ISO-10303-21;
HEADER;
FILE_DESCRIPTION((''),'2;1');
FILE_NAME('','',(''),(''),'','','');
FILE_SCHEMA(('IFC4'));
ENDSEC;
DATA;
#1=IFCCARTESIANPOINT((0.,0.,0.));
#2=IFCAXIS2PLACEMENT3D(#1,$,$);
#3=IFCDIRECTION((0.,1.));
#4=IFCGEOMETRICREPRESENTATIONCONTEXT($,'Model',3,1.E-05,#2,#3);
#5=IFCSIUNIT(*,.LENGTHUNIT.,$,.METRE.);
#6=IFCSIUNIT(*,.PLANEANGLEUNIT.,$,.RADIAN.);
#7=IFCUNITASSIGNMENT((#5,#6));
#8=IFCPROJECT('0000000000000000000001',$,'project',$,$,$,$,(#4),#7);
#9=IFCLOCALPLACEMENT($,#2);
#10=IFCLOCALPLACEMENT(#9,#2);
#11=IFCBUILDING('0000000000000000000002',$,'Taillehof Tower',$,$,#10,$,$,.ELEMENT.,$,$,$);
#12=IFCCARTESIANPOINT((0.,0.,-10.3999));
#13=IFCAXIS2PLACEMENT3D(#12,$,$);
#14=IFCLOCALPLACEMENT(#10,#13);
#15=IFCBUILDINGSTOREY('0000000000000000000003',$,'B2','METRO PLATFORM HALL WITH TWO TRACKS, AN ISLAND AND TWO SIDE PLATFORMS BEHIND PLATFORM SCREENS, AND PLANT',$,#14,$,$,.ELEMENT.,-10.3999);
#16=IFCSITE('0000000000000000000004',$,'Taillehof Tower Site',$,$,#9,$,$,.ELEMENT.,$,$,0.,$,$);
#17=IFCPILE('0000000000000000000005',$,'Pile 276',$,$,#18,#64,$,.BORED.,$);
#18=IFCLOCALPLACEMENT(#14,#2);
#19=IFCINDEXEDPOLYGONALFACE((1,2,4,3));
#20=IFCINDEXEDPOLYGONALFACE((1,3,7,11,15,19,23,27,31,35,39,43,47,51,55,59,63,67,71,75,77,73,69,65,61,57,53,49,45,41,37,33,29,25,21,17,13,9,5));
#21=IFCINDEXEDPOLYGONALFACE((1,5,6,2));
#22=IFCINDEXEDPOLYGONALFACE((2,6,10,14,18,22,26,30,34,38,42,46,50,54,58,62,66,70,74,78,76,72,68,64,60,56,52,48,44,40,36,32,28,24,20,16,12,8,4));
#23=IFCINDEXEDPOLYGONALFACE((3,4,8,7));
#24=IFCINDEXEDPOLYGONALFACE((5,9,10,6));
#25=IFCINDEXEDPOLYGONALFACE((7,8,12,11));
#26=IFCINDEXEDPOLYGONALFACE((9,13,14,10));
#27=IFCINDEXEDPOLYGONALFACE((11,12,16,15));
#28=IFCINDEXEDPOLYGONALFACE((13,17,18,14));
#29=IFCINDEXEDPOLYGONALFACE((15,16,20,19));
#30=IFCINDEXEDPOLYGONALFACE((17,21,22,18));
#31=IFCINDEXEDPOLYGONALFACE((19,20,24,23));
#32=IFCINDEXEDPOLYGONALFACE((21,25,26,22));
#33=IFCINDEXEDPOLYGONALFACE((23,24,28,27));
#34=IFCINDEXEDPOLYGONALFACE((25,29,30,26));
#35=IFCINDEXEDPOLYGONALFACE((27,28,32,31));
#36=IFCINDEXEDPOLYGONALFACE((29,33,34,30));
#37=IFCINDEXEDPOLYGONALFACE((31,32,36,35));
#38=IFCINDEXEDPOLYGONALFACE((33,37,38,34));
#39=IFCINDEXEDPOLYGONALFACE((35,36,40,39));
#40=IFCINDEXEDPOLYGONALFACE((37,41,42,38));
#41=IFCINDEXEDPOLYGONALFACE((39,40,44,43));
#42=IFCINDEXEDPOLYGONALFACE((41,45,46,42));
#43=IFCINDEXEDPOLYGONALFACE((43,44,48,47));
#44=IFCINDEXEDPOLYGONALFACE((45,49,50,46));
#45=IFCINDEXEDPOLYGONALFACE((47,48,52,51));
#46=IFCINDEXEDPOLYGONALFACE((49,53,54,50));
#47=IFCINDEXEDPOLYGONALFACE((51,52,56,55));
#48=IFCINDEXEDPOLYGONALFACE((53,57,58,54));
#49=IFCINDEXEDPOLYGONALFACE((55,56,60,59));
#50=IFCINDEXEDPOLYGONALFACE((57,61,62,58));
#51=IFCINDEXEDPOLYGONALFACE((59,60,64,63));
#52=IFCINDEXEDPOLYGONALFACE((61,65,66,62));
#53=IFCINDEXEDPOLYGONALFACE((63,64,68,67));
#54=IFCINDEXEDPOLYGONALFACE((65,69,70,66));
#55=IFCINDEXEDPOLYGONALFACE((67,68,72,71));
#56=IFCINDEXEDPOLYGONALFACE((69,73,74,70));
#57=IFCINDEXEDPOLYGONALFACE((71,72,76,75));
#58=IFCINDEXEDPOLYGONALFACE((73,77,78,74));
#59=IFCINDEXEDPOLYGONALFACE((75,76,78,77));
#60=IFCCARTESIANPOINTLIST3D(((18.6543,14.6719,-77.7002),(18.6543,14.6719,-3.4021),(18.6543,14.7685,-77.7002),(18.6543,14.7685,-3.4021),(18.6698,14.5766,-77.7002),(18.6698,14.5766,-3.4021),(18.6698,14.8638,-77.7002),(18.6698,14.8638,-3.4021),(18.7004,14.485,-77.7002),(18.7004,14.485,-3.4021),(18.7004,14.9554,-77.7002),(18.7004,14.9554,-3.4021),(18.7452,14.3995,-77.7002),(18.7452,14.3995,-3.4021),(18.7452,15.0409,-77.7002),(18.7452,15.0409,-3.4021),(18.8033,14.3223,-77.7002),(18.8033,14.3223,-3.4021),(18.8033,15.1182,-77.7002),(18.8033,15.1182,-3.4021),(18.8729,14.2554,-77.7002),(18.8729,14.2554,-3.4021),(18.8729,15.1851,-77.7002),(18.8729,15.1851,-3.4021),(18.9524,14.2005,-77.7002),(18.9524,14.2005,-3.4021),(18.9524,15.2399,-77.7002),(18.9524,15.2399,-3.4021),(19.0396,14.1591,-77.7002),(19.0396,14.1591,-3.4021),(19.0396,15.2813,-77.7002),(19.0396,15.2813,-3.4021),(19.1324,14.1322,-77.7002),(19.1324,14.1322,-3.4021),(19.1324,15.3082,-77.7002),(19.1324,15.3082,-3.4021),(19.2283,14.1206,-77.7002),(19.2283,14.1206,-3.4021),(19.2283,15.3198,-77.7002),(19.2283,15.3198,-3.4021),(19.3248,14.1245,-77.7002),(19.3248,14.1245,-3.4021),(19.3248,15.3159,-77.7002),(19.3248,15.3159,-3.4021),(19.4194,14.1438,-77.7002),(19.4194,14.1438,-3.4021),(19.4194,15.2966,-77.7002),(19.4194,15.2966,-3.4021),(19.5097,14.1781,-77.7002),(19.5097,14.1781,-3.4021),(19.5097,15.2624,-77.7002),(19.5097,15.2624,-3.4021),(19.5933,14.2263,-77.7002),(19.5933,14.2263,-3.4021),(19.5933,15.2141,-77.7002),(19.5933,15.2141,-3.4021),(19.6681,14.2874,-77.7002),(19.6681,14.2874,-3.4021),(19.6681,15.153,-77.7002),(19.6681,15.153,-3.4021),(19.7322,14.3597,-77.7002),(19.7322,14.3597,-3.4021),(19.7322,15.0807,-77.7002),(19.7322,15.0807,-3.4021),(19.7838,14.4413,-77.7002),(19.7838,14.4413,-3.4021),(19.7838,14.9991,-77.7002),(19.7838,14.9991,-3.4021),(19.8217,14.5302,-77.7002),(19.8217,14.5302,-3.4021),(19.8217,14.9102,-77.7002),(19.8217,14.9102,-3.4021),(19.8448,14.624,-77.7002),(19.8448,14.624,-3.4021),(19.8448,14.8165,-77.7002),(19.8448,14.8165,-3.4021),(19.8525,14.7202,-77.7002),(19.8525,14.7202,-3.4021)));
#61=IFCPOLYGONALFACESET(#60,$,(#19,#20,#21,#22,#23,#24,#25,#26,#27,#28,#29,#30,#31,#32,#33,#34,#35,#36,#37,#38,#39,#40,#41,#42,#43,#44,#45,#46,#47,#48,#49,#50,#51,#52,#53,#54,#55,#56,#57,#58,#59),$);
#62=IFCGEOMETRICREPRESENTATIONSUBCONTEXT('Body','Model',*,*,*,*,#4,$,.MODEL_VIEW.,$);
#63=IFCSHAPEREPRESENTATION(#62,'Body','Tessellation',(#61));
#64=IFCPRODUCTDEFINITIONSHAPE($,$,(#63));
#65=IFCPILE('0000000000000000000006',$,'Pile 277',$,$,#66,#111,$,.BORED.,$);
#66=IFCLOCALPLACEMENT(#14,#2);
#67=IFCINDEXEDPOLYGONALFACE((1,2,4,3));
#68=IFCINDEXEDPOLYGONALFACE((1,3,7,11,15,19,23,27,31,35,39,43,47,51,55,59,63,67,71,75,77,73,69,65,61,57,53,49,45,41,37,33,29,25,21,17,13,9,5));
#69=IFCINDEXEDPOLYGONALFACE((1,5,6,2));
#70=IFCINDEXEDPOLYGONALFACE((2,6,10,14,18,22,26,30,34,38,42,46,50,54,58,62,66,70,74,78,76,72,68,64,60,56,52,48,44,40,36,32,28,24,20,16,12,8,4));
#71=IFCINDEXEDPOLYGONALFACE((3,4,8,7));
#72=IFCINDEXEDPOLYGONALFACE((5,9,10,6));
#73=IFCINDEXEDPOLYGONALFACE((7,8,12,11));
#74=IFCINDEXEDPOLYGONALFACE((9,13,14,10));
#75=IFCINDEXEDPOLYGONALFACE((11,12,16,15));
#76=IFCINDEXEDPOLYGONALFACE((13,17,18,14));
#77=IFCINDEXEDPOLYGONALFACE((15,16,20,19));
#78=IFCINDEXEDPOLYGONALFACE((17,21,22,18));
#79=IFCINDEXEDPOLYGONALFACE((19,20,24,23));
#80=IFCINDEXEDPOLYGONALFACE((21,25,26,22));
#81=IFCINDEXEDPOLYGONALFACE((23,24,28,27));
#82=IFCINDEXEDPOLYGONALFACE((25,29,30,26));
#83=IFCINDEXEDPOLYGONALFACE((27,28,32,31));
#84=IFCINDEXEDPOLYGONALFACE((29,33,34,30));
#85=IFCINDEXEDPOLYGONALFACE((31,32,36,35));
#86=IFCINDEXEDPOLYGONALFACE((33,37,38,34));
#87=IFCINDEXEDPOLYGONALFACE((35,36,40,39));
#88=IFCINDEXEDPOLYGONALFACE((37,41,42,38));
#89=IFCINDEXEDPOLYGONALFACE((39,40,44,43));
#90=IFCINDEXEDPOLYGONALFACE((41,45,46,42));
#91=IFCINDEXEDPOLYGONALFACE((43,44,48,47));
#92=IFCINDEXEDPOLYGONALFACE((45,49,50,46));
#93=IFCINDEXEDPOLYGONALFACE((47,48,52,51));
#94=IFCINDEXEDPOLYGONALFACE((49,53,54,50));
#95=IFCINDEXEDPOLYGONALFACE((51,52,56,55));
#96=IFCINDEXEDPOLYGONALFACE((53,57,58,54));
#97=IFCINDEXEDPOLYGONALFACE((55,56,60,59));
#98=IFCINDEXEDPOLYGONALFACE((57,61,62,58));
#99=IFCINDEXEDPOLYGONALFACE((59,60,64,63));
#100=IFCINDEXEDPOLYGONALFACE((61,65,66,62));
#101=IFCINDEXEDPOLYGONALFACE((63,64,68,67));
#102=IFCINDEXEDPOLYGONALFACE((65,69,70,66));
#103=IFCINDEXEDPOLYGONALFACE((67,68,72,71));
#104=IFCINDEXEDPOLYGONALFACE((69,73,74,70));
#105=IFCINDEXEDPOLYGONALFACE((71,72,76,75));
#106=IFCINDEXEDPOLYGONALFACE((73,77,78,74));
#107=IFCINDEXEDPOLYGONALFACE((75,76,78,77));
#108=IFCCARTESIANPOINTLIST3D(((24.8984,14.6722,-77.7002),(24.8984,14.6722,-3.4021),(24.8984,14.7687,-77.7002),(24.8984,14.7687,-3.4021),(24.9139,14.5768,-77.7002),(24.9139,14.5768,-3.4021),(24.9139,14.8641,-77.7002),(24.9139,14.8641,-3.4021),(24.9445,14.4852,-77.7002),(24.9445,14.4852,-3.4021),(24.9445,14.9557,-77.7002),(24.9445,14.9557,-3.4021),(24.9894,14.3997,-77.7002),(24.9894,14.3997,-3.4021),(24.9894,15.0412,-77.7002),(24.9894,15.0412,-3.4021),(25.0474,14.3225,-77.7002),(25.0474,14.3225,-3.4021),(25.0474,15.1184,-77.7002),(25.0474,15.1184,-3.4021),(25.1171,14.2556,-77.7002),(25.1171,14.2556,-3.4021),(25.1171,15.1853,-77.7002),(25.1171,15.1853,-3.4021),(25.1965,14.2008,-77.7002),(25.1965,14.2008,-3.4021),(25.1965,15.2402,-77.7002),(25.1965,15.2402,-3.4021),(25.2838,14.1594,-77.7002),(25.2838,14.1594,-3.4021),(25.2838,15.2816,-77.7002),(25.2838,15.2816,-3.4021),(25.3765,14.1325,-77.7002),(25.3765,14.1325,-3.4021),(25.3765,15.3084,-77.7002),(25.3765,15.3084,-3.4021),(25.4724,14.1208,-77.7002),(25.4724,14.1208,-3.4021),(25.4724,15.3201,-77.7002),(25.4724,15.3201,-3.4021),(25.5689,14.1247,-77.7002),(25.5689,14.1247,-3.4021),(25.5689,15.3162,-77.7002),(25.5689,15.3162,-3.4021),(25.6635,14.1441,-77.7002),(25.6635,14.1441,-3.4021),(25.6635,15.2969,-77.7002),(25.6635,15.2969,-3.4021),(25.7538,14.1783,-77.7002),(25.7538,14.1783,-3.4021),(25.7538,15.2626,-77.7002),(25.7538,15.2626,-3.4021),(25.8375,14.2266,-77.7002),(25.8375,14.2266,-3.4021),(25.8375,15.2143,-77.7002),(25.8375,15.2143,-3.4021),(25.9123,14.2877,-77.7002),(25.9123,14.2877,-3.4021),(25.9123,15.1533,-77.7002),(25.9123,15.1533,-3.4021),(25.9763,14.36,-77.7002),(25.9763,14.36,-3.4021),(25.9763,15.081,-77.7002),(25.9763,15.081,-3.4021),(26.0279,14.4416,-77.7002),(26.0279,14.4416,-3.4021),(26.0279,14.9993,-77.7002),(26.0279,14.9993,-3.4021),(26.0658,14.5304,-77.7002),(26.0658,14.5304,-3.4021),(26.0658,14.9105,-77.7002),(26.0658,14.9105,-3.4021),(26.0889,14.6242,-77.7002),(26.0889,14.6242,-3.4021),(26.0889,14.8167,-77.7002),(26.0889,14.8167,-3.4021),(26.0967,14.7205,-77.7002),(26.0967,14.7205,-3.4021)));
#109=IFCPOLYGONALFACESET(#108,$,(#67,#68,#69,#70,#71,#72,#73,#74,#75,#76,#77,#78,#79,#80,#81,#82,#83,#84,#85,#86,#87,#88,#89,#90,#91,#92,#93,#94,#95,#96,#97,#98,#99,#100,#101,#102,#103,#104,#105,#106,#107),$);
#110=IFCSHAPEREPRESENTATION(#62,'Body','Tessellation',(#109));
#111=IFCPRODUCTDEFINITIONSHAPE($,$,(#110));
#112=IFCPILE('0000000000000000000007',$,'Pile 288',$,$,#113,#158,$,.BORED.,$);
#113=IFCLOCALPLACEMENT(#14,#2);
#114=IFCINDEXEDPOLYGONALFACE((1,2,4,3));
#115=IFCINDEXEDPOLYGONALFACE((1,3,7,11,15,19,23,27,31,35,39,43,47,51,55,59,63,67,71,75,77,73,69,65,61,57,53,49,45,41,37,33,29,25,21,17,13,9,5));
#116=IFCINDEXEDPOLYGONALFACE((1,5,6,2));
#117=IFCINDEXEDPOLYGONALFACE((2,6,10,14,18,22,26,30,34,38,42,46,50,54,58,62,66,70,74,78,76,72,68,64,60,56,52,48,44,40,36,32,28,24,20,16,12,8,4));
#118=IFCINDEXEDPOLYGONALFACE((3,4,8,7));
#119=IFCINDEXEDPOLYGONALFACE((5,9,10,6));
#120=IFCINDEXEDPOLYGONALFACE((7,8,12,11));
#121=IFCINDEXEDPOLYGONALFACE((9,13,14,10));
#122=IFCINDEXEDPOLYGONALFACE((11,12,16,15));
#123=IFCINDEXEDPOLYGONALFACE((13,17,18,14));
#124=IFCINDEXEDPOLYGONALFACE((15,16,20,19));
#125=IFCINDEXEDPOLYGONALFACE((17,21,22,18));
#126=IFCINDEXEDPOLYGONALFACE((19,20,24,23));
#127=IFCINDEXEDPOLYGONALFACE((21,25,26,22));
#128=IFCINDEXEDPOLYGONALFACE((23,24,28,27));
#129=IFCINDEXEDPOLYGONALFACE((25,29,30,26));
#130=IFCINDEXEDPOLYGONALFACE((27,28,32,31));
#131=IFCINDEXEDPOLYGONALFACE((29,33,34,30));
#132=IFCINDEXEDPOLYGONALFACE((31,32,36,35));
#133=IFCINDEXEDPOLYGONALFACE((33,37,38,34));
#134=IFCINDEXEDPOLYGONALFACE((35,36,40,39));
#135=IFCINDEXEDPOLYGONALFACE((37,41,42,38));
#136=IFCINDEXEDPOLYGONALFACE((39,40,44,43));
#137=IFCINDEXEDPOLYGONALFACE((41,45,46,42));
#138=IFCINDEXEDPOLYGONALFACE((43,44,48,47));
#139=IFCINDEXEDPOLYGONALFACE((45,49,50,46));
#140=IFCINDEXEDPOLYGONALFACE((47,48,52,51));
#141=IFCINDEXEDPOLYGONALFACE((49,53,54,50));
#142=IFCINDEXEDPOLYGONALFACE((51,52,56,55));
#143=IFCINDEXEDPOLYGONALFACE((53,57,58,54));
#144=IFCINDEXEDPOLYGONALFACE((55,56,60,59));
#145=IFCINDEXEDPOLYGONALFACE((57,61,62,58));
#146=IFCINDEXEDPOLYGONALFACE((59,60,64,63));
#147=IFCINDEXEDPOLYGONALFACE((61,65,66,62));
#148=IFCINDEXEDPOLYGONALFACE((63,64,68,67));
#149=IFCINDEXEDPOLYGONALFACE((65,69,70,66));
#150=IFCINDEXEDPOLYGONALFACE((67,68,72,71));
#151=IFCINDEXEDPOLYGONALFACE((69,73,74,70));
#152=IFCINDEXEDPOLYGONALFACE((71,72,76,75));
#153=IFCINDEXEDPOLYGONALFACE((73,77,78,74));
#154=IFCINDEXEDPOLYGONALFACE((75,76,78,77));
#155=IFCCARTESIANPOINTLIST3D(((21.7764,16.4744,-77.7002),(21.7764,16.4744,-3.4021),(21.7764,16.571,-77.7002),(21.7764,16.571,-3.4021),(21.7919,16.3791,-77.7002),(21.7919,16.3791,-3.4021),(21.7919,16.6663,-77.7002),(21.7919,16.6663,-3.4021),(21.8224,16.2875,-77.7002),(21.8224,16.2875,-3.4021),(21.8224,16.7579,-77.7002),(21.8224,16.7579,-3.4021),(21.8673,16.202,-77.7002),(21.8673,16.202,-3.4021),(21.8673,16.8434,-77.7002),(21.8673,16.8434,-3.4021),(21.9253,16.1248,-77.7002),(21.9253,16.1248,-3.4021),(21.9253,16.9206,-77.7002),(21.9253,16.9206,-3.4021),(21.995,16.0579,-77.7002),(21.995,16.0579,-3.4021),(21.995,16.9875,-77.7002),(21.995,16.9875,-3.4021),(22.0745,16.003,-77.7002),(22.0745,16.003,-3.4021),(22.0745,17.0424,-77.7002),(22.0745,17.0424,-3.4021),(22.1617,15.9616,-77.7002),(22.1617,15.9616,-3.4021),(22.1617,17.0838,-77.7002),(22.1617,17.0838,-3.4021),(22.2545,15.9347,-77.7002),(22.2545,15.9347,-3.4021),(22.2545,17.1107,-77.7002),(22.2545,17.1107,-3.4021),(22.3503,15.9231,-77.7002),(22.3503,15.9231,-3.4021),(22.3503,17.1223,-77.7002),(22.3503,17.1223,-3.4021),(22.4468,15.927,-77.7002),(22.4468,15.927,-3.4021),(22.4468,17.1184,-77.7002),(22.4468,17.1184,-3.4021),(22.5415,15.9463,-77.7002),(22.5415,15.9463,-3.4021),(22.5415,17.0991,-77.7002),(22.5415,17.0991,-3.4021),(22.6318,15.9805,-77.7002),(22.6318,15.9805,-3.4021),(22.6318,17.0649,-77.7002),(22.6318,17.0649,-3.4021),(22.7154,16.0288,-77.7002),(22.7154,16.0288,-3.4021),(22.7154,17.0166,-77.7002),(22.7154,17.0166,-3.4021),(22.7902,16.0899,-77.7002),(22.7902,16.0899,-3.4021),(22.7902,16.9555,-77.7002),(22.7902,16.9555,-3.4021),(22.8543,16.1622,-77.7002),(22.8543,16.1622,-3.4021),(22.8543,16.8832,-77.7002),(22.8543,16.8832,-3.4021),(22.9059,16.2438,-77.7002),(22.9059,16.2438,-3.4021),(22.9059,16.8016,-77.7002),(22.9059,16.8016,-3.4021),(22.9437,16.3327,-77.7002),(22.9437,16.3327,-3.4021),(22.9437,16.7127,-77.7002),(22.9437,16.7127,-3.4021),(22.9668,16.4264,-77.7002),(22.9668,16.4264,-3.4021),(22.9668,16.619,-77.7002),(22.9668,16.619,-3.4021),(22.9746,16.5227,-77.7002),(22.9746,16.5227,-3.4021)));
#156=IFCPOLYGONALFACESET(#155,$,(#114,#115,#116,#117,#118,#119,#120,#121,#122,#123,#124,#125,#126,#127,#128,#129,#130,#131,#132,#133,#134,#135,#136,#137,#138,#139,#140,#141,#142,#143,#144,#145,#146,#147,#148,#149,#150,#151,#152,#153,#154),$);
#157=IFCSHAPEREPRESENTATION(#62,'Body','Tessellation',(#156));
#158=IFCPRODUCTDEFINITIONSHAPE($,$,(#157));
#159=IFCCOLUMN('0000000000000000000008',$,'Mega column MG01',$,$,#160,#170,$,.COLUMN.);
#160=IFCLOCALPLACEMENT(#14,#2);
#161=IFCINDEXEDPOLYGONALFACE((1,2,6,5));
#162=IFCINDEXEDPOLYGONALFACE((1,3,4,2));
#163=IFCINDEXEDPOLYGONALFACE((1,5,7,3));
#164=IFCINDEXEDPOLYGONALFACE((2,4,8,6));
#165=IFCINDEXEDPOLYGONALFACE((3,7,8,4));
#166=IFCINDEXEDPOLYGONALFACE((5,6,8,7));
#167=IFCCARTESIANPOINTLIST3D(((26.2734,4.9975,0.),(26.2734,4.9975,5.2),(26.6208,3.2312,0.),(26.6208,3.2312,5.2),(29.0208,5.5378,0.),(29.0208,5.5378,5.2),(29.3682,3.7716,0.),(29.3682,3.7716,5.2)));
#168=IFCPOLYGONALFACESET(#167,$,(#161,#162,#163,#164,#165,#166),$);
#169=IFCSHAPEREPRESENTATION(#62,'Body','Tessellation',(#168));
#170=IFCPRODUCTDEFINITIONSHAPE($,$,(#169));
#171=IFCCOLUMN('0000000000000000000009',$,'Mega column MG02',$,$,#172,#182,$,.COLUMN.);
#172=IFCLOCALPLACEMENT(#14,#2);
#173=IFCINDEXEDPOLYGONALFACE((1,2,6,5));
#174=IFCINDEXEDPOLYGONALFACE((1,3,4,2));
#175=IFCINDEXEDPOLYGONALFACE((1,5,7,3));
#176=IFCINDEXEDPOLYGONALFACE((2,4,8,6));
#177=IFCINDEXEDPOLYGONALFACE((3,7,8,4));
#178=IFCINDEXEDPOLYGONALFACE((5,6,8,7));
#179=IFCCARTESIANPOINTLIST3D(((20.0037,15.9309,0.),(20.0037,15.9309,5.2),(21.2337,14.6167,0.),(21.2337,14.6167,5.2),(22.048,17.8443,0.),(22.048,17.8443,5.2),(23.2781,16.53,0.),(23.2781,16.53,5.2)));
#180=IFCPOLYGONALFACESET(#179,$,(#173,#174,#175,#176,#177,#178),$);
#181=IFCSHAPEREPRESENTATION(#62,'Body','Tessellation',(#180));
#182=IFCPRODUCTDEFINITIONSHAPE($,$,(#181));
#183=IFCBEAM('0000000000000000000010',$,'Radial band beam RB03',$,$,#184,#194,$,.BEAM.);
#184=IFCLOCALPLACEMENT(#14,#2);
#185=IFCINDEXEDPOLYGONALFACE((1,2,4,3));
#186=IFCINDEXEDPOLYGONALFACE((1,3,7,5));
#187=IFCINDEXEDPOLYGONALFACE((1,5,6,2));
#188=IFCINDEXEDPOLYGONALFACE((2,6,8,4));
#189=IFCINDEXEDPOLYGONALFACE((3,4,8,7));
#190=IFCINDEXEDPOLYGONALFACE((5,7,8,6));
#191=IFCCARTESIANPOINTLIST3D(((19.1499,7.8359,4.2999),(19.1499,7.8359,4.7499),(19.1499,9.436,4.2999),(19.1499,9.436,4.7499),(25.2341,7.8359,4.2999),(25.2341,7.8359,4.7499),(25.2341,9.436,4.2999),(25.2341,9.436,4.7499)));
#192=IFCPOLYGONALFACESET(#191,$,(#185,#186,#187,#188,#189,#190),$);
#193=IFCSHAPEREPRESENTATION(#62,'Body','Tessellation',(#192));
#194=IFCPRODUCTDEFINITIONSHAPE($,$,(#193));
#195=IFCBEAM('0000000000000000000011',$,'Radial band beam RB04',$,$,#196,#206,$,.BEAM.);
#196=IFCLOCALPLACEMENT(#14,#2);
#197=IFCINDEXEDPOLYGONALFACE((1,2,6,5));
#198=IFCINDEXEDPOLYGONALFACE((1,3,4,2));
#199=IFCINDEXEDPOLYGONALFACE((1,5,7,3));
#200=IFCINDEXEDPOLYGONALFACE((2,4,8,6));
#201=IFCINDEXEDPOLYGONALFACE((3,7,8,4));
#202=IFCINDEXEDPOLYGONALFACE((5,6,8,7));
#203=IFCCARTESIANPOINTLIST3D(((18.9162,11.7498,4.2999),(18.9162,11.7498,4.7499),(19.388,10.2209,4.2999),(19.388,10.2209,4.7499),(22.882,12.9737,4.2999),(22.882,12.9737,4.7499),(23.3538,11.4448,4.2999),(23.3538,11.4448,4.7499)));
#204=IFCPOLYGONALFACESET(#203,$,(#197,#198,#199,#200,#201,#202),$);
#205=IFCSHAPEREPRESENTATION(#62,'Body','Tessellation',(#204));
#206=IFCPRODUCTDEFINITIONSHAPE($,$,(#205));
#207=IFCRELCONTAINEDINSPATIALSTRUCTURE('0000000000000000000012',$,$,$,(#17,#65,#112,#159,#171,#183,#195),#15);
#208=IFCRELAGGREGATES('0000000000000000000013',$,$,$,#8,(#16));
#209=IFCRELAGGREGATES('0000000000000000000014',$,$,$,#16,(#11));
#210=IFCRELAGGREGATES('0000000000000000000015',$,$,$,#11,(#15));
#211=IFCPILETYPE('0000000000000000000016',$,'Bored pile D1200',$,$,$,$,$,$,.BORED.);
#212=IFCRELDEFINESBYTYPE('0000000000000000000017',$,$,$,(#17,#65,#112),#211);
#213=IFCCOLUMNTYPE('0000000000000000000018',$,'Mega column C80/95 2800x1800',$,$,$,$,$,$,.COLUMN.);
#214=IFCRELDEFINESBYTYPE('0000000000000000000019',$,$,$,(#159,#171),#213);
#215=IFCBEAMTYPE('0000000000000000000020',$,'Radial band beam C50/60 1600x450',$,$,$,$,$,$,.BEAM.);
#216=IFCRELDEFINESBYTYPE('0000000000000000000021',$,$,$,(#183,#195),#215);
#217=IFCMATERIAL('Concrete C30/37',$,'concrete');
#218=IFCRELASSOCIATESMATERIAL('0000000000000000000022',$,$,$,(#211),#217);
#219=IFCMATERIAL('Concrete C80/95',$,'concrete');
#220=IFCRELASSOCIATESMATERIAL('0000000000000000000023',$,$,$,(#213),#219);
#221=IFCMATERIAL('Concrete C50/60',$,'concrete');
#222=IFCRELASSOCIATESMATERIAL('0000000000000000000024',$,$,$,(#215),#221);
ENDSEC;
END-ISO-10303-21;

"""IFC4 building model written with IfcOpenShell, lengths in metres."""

from ifc_helpers import new_model, si_unit, direction, frame, origin, origin_2d, place, context, subcontext, project, spatial, rectangle, circle, extrude, material, material_profile, profile_set, type_object, element, save


model = new_model("IFC4")

# Units and contexts
model_context = context("Model", 3, precision=1e-05, world=origin(), true_north=direction((0.0, 1.0)))
body_context = subcontext(model_context, "Body", "Model", "MODEL_VIEW")
ifc_project = project(units=[si_unit("LENGTHUNIT", "METRE"), si_unit("PLANEANGLEUNIT", "RADIAN")], contexts=[model_context])

# Site, building, storey
site_placement = place(None, origin())
site = spatial("IfcSite", under=ifc_project, at=site_placement, Name="Taillehof Tower Site", CompositionType="ELEMENT", RefElevation=0.0)
building_placement = place(site_placement, origin())
building = spatial("IfcBuilding", under=site, at=building_placement, Name="Taillehof Tower", CompositionType="ELEMENT")
storey_placement = place(building_placement, frame((0.0, 0.0, -10.3999)))
storey = spatial("IfcBuildingStorey", under=building, at=storey_placement, Name="B2", Description="METRO PLATFORM HALL WITH TWO TRACKS, AN ISLAND AND TWO SIDE PLATFORMS BEHIND PLATFORM SCREENS, AND PLANT", CompositionType="ELEMENT", Elevation=-10.3999)

# Piles
ifc_material_1 = material(Name="Concrete C30/37", Category="concrete")
ifc_material_profile_1 = material_profile(ifc_material_1, circle(Radius=0.6001, at=origin_2d()), Name="BP D1200")
ifc_profile_set_1 = profile_set([ifc_material_profile_1], Name="Concrete C30/37")
pile_type = type_object("IfcPileType", Name="Bored pile D1200", PredefinedType="BORED", material=ifc_profile_set_1)
for number, where, z_axis, x_axis, name in (
    (1, (19.2524, 14.7202, -3.4021), (0.0, 0.0, -1.0), (1.0, 0.0, 0.0), "Pile 276"),
    (2, (25.4966, 14.7205, -3.4021), (0.0, 0.0, -1.0), (1.0, 0.0, 0.0), "Pile 277"),
    (3, (22.3745, 16.5227, -3.4021), (0.0, 0.0, -1.0), (1.0, 0.0, 0.0), "Pile 288"),
):
    element("IfcPile", number, at=place(storey_placement, frame(where, z_axis=z_axis, x_axis=x_axis)), inside=storey, type_object=pile_type, Name=name, PredefinedType="BORED", context=body_context, shape_type="SweptSolid", body=[
        extrude(circle(Radius=0.6001, at=origin_2d()), origin(), (0.0, 0.0, 1.0), 74.2981),
    ])

# Columns
ifc_material_2 = material(Name="Concrete C80/95", Category="concrete")
ifc_material_profile_2 = material_profile(ifc_material_2, rectangle(XDim=2.8, YDim=1.8, at=origin_2d()), Name="RC 2800x1800")
ifc_profile_set_2 = profile_set([ifc_material_profile_2], Name="Concrete C80/95")
column_type = type_object("IfcColumnType", Name="Mega column C80/95 2800x1800", PredefinedType="COLUMN", material=ifc_profile_set_2)
for number, where, z_axis, x_axis, name in (
    (4, (27.8208, 4.3845, 0.0), (0.0, 0.0, 1.0), (0.981204, 0.192976, 0.0), "Mega column MG01"),
    (5, (21.6409, 16.2305, 0.0), (0.0, 0.0, 1.0), (0.730113, 0.683326, 0.0), "Mega column MG02"),
):
    element("IfcColumn", number, at=place(storey_placement, frame(where, z_axis=z_axis, x_axis=x_axis)), inside=storey, type_object=column_type, Name=name, PredefinedType="COLUMN", context=body_context, shape_type="SweptSolid", body=[
        extrude(rectangle(XDim=2.8, YDim=1.8, at=origin_2d()), origin(), (0.0, 0.0, 1.0), 5.2),
    ])

# Beams
ifc_material_3 = material(Name="Concrete C50/60", Category="concrete")
ifc_material_profile_3 = material_profile(ifc_material_3, rectangle(XDim=1.6001, YDim=0.45, at=origin_2d()), Name="RC 1600x450")
ifc_profile_set_3 = profile_set([ifc_material_profile_3], Name="Concrete C50/60")
beam_type_1 = type_object("IfcBeamType", Name="Radial band beam C50/60 1600x450", PredefinedType="BEAM", material=ifc_profile_set_3)
beam_1_placement = place(storey_placement, frame((25.2341, 8.636, 4.5249), z_axis=(-1.0, 0.0, 0.0), x_axis=(0.0, -1.0, 0.0)))
element("IfcBeam", 6, at=beam_1_placement, inside=storey, type_object=beam_type_1, Name="Radial band beam RB03", PredefinedType="BEAM", context=body_context, shape_type="SweptSolid", body=[
    extrude(rectangle(XDim=1.6001, YDim=0.45, at=origin_2d()), origin(), (0.0, 0.0, 1.0), 6.0842),
])
beam_2_placement = place(storey_placement, frame((23.1179, 12.2092, 4.5249), z_axis=(-0.955533, -0.294884, 0.0), x_axis=(0.294884, -0.955533, 0.0)))
element("IfcBeam", 7, at=beam_2_placement, inside=storey, type_object=beam_type_1, Name="Radial band beam RB04", PredefinedType="BEAM", context=body_context, shape_type="SweptSolid", body=[
    extrude(rectangle(XDim=1.6001, YDim=0.45, at=origin_2d()), origin(), (0.0, 0.0, 1.0), 4.1504),
])

save(model, "model.ifc")
